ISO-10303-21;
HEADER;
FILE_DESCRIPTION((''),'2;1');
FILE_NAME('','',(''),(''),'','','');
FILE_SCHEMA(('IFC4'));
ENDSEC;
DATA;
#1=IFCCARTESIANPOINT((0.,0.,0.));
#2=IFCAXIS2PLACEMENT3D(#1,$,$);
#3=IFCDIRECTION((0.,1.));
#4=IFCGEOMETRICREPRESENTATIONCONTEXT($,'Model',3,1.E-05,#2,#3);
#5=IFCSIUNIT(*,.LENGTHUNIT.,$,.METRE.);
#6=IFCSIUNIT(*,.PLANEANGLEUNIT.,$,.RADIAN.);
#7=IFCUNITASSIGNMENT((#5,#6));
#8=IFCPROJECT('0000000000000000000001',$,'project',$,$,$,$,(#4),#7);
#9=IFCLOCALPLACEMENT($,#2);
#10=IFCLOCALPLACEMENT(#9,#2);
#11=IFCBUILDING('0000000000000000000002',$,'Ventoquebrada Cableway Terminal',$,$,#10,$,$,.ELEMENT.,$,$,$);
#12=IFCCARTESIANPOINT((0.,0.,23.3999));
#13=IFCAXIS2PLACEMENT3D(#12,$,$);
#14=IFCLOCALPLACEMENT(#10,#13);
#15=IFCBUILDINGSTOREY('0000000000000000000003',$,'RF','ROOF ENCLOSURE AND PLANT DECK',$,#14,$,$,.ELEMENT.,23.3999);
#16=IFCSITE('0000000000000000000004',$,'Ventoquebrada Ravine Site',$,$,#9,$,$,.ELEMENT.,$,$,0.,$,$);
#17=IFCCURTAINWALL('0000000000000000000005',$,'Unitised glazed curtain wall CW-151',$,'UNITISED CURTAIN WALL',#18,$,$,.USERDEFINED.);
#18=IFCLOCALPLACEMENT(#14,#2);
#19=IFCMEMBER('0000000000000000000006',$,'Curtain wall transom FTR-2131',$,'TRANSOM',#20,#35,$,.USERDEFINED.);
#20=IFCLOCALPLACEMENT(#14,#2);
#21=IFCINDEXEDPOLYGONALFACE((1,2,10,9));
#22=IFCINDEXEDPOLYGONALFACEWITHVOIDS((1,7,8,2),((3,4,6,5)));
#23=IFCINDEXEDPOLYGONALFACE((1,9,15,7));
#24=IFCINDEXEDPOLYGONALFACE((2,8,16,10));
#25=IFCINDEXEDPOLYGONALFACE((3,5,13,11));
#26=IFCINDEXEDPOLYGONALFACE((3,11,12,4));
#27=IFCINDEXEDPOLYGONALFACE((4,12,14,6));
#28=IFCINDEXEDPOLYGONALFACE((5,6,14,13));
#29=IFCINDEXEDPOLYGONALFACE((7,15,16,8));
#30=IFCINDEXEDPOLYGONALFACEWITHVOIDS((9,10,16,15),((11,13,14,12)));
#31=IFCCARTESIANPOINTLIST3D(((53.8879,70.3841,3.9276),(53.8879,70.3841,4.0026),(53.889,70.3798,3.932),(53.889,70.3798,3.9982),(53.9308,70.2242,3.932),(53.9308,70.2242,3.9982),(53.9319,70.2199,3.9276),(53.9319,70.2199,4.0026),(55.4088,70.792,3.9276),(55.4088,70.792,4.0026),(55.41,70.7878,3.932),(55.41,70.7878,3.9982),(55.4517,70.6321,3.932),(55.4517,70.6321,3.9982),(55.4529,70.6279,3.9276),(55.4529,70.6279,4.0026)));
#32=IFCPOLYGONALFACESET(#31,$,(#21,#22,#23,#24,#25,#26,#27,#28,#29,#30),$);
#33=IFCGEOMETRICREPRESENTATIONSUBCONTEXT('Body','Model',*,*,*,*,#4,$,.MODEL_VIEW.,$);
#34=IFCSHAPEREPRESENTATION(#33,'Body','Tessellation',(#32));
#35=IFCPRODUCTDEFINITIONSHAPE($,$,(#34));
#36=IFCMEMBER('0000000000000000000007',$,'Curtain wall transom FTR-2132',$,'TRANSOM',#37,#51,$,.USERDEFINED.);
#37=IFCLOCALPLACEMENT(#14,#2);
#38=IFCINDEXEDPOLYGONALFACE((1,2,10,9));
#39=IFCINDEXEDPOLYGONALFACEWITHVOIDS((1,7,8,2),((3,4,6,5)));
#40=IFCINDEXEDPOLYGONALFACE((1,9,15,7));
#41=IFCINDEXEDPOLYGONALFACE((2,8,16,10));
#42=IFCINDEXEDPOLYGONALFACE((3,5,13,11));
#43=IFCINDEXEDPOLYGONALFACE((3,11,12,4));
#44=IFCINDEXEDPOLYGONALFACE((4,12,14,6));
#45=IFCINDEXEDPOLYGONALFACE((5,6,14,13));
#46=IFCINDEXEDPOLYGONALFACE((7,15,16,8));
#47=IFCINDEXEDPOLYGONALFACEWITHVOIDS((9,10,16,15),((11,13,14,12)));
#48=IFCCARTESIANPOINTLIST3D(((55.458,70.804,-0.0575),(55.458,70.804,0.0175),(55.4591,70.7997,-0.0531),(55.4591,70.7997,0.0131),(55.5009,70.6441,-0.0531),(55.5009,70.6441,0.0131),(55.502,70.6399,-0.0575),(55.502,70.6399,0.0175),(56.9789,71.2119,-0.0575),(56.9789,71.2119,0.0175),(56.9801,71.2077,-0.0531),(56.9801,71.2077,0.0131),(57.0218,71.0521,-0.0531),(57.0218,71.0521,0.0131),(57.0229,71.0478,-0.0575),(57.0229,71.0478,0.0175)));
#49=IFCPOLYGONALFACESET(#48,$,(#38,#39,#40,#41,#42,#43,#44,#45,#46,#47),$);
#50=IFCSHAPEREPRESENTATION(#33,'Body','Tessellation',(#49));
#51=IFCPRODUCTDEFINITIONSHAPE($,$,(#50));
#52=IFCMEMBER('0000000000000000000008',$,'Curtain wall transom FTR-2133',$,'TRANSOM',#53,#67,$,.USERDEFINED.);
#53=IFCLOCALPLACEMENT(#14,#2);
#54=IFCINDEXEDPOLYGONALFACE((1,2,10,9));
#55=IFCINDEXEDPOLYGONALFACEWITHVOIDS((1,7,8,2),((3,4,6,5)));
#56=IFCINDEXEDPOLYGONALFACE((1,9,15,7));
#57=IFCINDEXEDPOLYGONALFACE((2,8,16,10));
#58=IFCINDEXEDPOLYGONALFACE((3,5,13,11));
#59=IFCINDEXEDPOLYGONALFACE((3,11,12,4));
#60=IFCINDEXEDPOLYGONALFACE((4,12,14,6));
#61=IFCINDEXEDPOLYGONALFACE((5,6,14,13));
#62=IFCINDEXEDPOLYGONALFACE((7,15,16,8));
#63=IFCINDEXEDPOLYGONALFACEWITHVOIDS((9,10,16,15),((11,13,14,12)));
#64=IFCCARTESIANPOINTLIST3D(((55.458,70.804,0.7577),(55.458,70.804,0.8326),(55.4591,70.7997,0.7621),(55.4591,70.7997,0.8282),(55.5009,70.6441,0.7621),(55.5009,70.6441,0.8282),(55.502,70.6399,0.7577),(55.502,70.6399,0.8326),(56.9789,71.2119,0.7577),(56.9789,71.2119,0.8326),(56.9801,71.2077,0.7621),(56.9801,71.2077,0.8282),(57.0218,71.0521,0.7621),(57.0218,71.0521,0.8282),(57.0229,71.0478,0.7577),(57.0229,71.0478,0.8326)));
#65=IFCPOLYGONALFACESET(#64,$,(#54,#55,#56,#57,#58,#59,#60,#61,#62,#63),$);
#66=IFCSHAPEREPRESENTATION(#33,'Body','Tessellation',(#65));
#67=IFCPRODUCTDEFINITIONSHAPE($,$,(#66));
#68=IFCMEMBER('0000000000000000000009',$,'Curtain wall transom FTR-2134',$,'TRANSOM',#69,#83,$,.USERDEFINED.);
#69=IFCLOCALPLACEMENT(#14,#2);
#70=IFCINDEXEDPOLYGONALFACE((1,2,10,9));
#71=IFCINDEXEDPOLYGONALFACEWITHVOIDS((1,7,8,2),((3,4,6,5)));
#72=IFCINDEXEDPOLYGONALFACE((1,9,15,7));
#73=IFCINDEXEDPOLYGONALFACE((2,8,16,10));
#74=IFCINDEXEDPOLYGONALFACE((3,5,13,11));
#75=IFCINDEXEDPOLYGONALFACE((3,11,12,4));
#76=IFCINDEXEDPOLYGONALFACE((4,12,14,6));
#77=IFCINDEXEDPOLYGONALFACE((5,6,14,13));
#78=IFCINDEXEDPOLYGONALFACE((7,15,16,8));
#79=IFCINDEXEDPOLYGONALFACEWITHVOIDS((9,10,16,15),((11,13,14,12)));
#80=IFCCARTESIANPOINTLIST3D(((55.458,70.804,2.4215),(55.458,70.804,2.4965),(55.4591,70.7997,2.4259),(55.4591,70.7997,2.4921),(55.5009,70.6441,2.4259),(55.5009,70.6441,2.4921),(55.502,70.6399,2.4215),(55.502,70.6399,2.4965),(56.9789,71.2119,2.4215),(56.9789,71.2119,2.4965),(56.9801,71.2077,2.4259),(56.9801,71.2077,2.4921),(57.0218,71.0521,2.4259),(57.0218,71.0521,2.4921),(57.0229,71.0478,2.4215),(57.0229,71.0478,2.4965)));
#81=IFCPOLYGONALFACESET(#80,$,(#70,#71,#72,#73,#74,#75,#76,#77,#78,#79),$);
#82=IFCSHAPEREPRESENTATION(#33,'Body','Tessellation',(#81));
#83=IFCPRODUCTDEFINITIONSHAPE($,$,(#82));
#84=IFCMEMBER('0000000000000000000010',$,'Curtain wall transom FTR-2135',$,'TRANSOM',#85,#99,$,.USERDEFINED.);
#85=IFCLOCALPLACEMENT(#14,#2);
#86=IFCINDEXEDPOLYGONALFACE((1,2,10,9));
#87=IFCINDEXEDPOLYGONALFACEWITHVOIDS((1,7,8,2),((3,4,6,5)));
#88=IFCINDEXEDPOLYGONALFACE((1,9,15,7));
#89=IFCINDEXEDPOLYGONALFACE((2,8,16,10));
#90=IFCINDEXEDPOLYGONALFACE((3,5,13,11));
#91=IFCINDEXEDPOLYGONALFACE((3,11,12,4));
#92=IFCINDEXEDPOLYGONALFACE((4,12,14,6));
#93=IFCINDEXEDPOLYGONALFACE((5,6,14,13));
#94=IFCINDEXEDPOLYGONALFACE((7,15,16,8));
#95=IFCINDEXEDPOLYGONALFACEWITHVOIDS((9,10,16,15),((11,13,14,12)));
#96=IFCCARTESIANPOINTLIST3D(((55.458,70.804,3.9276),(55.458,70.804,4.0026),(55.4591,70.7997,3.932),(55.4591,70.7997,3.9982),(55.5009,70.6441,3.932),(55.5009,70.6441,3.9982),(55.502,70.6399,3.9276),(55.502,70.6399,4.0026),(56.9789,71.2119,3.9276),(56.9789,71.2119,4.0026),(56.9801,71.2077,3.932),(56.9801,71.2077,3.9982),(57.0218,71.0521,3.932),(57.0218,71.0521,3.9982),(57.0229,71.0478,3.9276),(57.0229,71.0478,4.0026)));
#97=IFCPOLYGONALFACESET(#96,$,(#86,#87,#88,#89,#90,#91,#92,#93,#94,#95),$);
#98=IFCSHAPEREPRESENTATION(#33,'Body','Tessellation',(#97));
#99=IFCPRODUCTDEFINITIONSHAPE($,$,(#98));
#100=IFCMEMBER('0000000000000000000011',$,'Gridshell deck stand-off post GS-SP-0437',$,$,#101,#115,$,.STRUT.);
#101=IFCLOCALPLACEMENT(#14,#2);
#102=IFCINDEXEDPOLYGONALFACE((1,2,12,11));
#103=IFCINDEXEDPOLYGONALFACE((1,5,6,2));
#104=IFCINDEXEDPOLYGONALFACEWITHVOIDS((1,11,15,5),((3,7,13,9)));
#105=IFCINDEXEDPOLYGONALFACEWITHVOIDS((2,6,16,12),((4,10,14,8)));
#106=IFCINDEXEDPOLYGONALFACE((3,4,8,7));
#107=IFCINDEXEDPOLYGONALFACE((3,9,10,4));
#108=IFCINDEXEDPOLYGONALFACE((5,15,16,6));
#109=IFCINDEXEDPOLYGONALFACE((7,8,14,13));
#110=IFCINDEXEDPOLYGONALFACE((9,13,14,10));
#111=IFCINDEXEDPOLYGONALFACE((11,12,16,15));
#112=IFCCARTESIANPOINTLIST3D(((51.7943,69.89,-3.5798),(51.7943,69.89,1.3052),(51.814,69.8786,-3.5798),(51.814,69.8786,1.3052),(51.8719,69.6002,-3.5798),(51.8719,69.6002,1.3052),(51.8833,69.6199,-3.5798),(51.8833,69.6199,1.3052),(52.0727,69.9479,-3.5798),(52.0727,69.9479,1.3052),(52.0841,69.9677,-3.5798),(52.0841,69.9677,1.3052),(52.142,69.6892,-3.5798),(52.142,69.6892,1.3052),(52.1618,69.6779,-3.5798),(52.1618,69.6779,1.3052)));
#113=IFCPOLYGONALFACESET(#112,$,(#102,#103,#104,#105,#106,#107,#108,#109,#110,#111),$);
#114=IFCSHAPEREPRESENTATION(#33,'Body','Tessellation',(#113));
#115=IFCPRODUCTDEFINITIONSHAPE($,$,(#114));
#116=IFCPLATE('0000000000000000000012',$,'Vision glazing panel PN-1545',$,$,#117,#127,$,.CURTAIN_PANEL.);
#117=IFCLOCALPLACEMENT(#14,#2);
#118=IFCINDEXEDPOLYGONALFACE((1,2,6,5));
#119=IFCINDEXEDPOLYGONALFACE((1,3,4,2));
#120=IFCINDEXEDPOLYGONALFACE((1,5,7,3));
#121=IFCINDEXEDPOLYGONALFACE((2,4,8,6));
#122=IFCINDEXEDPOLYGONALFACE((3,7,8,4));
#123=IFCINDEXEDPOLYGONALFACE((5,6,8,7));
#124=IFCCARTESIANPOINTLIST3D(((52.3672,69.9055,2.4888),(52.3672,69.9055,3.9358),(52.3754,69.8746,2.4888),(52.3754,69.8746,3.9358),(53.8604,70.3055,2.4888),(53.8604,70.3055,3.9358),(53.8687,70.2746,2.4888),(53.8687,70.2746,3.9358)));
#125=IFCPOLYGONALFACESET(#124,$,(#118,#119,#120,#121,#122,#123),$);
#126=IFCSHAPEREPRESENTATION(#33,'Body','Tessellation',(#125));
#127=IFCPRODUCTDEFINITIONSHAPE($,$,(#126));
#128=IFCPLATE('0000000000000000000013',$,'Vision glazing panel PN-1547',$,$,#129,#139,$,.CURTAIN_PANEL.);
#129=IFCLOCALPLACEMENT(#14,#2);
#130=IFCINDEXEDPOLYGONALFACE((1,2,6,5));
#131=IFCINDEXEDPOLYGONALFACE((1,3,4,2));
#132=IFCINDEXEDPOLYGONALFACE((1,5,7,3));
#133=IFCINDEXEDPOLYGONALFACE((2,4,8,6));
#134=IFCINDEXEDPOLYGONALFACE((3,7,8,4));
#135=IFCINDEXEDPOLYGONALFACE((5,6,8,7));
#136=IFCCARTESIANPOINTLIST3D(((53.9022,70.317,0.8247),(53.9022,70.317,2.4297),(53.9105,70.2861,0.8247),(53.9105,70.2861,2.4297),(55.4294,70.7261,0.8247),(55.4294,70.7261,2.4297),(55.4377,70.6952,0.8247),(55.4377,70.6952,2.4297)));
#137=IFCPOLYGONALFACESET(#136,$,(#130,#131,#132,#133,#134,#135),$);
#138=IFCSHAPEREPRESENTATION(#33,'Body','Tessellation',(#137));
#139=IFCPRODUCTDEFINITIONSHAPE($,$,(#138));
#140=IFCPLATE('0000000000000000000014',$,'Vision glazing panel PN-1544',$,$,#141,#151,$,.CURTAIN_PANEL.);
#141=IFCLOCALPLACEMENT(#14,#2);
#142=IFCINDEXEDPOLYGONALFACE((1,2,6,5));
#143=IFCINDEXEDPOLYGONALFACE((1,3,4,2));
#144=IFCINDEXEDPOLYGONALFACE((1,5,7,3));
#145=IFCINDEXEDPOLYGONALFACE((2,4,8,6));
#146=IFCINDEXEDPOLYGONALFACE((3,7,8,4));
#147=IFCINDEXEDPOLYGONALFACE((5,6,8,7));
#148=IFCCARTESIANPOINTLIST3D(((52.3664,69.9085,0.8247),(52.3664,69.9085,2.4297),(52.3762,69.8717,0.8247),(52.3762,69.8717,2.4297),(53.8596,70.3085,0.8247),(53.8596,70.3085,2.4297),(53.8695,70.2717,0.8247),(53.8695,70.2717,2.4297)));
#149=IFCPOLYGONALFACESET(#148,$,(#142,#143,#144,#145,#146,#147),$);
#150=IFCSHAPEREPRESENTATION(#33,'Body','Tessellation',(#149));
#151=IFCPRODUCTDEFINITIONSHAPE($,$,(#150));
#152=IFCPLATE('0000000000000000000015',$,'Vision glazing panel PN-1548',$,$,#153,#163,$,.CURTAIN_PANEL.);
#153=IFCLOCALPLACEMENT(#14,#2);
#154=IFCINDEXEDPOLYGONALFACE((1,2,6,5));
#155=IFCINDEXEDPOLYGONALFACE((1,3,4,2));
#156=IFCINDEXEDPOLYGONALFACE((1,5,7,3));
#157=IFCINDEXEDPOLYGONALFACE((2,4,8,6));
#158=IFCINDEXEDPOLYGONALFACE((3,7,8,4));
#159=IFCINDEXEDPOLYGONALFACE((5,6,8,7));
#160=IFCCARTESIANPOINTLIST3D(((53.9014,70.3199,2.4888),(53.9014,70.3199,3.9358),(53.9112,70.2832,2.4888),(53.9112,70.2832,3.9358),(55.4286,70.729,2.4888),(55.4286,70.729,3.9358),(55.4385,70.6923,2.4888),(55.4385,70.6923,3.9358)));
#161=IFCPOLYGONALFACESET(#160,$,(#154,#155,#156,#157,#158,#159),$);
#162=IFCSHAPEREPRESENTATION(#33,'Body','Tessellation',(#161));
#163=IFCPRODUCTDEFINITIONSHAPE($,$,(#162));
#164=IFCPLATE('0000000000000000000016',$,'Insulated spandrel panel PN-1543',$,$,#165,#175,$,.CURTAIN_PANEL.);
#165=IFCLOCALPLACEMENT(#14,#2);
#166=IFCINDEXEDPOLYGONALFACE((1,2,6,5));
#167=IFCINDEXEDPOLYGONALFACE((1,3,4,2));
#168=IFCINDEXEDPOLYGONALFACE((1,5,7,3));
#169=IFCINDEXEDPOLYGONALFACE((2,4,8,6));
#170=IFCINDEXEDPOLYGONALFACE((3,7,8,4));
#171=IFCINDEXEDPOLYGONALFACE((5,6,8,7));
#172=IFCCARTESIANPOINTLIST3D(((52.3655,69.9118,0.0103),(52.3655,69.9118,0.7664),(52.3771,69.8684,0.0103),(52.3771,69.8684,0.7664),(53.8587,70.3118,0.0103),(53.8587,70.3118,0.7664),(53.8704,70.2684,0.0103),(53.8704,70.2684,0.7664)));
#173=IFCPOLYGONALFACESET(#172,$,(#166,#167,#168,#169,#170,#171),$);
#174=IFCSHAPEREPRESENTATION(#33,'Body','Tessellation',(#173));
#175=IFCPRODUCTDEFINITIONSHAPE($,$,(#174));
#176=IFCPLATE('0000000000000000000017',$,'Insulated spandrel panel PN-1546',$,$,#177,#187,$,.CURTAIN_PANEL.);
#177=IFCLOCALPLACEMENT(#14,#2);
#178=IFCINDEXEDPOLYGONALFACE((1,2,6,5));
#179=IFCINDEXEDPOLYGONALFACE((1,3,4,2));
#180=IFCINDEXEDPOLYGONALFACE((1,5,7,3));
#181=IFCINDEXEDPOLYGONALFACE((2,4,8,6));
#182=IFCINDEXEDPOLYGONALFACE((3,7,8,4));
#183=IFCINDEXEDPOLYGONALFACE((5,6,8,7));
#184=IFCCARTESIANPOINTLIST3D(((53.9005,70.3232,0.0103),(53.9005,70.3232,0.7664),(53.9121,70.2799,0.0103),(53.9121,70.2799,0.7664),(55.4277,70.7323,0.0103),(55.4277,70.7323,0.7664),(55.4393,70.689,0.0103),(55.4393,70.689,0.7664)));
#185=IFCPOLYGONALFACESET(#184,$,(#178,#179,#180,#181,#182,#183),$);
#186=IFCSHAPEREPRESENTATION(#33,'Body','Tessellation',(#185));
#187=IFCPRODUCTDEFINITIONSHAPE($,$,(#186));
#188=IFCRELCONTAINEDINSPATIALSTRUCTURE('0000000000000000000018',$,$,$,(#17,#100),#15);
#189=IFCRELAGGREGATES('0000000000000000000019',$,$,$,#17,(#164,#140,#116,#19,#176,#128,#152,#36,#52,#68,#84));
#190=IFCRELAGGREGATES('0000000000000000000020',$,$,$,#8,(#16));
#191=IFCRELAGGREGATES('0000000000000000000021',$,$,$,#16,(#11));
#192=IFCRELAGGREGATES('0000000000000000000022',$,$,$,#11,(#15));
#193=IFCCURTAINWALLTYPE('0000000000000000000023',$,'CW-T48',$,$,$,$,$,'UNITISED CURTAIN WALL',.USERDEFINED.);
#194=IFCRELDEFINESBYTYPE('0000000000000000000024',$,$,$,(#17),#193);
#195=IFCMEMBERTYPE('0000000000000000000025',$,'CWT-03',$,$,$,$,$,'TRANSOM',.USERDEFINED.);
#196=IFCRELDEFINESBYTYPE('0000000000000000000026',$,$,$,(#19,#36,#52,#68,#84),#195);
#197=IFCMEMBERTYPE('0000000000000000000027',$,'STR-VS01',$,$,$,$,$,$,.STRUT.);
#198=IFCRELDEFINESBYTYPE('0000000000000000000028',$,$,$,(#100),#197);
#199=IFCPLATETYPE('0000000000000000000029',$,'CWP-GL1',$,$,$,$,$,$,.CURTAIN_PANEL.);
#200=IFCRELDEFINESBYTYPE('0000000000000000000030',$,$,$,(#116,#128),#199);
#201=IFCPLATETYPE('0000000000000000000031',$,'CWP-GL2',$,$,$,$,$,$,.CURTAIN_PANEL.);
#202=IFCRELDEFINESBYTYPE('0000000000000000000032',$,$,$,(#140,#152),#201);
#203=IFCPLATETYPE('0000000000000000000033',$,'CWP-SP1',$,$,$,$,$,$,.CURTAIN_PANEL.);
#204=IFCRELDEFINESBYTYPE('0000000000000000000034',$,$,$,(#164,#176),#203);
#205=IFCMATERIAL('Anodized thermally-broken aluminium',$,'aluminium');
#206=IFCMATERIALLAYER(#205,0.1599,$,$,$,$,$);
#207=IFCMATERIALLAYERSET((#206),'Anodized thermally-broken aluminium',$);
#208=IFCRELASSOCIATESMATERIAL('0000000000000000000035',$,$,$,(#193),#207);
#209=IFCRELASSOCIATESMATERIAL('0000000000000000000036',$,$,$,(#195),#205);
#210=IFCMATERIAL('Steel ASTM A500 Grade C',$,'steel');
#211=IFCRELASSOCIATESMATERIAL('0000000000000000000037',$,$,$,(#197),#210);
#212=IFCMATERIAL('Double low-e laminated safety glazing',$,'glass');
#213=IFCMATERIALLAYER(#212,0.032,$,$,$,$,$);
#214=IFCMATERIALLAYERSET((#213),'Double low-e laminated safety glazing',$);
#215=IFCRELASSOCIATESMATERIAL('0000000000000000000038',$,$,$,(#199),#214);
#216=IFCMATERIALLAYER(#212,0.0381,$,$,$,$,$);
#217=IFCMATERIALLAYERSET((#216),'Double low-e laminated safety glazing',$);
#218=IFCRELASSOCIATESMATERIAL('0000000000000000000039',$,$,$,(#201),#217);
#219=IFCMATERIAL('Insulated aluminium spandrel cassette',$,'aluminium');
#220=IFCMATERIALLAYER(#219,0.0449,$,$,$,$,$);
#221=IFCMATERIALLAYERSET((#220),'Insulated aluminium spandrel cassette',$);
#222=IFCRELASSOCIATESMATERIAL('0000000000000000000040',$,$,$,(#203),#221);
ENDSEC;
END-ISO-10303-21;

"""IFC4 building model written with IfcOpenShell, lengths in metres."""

from ifc_helpers import new_model, si_unit, direction, frame, origin, origin_2d, place, context, subcontext, project, spatial, rectangle, hollow_rectangle, extrude, material, layer, layer_set, material_profile, profile_set, type_object, element, aggregate, save


model = new_model("IFC4")

# Units and contexts
model_context = context("Model", 3, precision=1e-05, world=origin(), true_north=direction((0.0, 1.0)))
body_context = subcontext(model_context, "Body", "Model", "MODEL_VIEW")
ifc_project = project(units=[si_unit("LENGTHUNIT", "METRE"), si_unit("PLANEANGLEUNIT", "RADIAN")], contexts=[model_context])

# Site, building, storey
site_placement = place(None, origin())
site = spatial("IfcSite", under=ifc_project, at=site_placement, Name="Ventoquebrada Ravine Site", CompositionType="ELEMENT", RefElevation=0.0)
building_placement = place(site_placement, origin())
building = spatial("IfcBuilding", under=site, at=building_placement, Name="Ventoquebrada Cableway Terminal", CompositionType="ELEMENT")
storey_placement = place(building_placement, frame((0.0, 0.0, 23.3999)))
storey = spatial("IfcBuildingStorey", under=building, at=storey_placement, Name="RF", Description="ROOF ENCLOSURE AND PLANT DECK", CompositionType="ELEMENT", Elevation=23.3999)

# Curtain wall
ifc_material_1 = material(Name="Anodized thermally-broken aluminium", Category="aluminium")
ifc_layer_1 = layer(ifc_material_1, 0.1599)
ifc_layer_set_1 = layer_set([ifc_layer_1], Name="Anodized thermally-broken aluminium")
curtain_wall_type_1 = type_object("IfcCurtainWallType", Name="CW-T48", ElementType="UNITISED CURTAIN WALL", PredefinedType="USERDEFINED", material=ifc_layer_set_1)
curtain_wall_1_placement = place(storey_placement, origin())
curtain_wall_1 = element("IfcCurtainWall", 1, at=curtain_wall_1_placement, inside=storey, type_object=curtain_wall_type_1, Name="Unitised glazed curtain wall CW-151", ObjectType="UNITISED CURTAIN WALL", PredefinedType="USERDEFINED")

# Members
ifc_material_profile_1 = material_profile(ifc_material_1, hollow_rectangle(XDim=0.075, YDim=0.1699, WallThickness=0.0044, at=origin_2d()), Name="CW-TRN-75X170")
ifc_profile_set_1 = profile_set([ifc_material_profile_1], Name="Anodized thermally-broken aluminium")
member_type_1 = type_object("IfcMemberType", Name="CWT-03", ElementType="TRANSOM", PredefinedType="USERDEFINED", material=ifc_profile_set_1)
member_1_placement = place(storey_placement, frame((53.9099, 70.302, 3.9651), z_axis=(0.965861, 0.259062, 0.0), x_axis=(0.0, 0.0, 1.0)))
member_1 = element("IfcMember", 2, at=member_1_placement, type_object=member_type_1, Name="Curtain wall transom FTR-2131", ObjectType="TRANSOM", PredefinedType="USERDEFINED", context=body_context, shape_type="SweptSolid", body=[
    extrude(hollow_rectangle(XDim=0.075, YDim=0.1699, WallThickness=0.0044, at=origin_2d()), origin(), (0.0, 0.0, 1.0), 1.5747),
])
member_2_placement = place(storey_placement, frame((55.48, 70.7219, -0.02), z_axis=(0.965861, 0.259062, 0.0), x_axis=(0.0, 0.0, 1.0)))
member_2 = element("IfcMember", 3, at=member_2_placement, type_object=member_type_1, Name="Curtain wall transom FTR-2132", ObjectType="TRANSOM", PredefinedType="USERDEFINED", context=body_context, shape_type="SweptSolid", body=[
    extrude(hollow_rectangle(XDim=0.075, YDim=0.1699, WallThickness=0.0044, at=origin_2d()), origin(), (0.0, 0.0, 1.0), 1.5747),
])
member_3_placement = place(storey_placement, frame((55.48, 70.7219, 0.7952), z_axis=(0.965861, 0.259062, 0.0), x_axis=(0.0, 0.0, 1.0)))
member_3 = element("IfcMember", 4, at=member_3_placement, type_object=member_type_1, Name="Curtain wall transom FTR-2133", ObjectType="TRANSOM", PredefinedType="USERDEFINED", context=body_context, shape_type="SweptSolid", body=[
    extrude(hollow_rectangle(XDim=0.075, YDim=0.1699, WallThickness=0.0044, at=origin_2d()), origin(), (0.0, 0.0, 1.0), 1.5747),
])
member_4_placement = place(storey_placement, frame((55.48, 70.7219, 2.459), z_axis=(0.965861, 0.259062, 0.0), x_axis=(0.0, 0.0, 1.0)))
member_4 = element("IfcMember", 5, at=member_4_placement, type_object=member_type_1, Name="Curtain wall transom FTR-2134", ObjectType="TRANSOM", PredefinedType="USERDEFINED", context=body_context, shape_type="SweptSolid", body=[
    extrude(hollow_rectangle(XDim=0.075, YDim=0.1699, WallThickness=0.0044, at=origin_2d()), origin(), (0.0, 0.0, 1.0), 1.5747),
])
member_5_placement = place(storey_placement, frame((55.48, 70.7219, 3.9651), z_axis=(0.965861, 0.259062, 0.0), x_axis=(0.0, 0.0, 1.0)))
member_5 = element("IfcMember", 6, at=member_5_placement, type_object=member_type_1, Name="Curtain wall transom FTR-2135", ObjectType="TRANSOM", PredefinedType="USERDEFINED", context=body_context, shape_type="SweptSolid", body=[
    extrude(hollow_rectangle(XDim=0.075, YDim=0.1699, WallThickness=0.0044, at=origin_2d()), origin(), (0.0, 0.0, 1.0), 1.5747),
])
ifc_material_2 = material(Name="Steel ASTM A500 Grade C", Category="steel")
ifc_material_profile_2 = material_profile(ifc_material_2, hollow_rectangle(XDim=0.3, YDim=0.3, WallThickness=0.0161, at=origin_2d()), Name="HSS300X300X16")
ifc_profile_set_2 = profile_set([ifc_material_profile_2], Name="Steel ASTM A500 Grade C")
member_type_2 = type_object("IfcMemberType", Name="STR-VS01", PredefinedType="STRUT", material=ifc_profile_set_2)
member_6_placement = place(storey_placement, frame((51.978, 69.7839, -3.5798), z_axis=(0.0, 0.0, 1.0), x_axis=(0.965926, 0.258819, 0.0)))
element("IfcMember", 7, at=member_6_placement, inside=storey, type_object=member_type_2, Name="Gridshell deck stand-off post GS-SP-0437", PredefinedType="STRUT", context=body_context, shape_type="SweptSolid", body=[
    extrude(hollow_rectangle(XDim=0.3, YDim=0.3, WallThickness=0.0161, at=origin_2d()), origin(), (0.0, 0.0, 1.0), 4.885),
])

# Plates
ifc_material_3 = material(Name="Double low-e laminated safety glazing", Category="glass")
ifc_layer_2 = layer(ifc_material_3, 0.032)
ifc_layer_set_2 = layer_set([ifc_layer_2], Name="Double low-e laminated safety glazing")
plate_type_1 = type_object("IfcPlateType", Name="CWP-GL1", PredefinedType="CURTAIN_PANEL", material=ifc_layer_set_2)
plate_1_placement = place(storey_placement, frame((53.1179, 70.0901, 2.4888), z_axis=(0.0, 0.0, 1.0), x_axis=(0.965944, 0.258752, 0.0)))
plate_1 = element("IfcPlate", 8, at=plate_1_placement, type_object=plate_type_1, Name="Vision glazing panel PN-1545", PredefinedType="CURTAIN_PANEL", context=body_context, shape_type="SweptSolid", body=[
    extrude(rectangle(XDim=1.5459, YDim=0.032, at=origin_2d()), origin(), (0.0, 0.0, 1.0), 1.447),
])
plate_2_placement = place(storey_placement, frame((54.6699, 70.5061, 0.8247), z_axis=(0.0, 0.0, 1.0), x_axis=(0.965944, 0.258752, 0.0)))
plate_2 = element("IfcPlate", 9, at=plate_2_placement, type_object=plate_type_1, Name="Vision glazing panel PN-1547", PredefinedType="CURTAIN_PANEL", context=body_context, shape_type="SweptSolid", body=[
    extrude(rectangle(XDim=1.5811, YDim=0.032, at=origin_2d()), origin(), (0.0, 0.0, 1.0), 1.605),
])
ifc_layer_3 = layer(ifc_material_3, 0.0381)
ifc_layer_set_3 = layer_set([ifc_layer_3], Name="Double low-e laminated safety glazing")
plate_type_2 = type_object("IfcPlateType", Name="CWP-GL2", PredefinedType="CURTAIN_PANEL", material=ifc_layer_set_3)
plate_3_placement = place(storey_placement, frame((53.1179, 70.0901, 0.8247), z_axis=(0.0, 0.0, 1.0), x_axis=(0.965944, 0.258752, 0.0)))
plate_3 = element("IfcPlate", 10, at=plate_3_placement, type_object=plate_type_2, Name="Vision glazing panel PN-1544", PredefinedType="CURTAIN_PANEL", context=body_context, shape_type="SweptSolid", body=[
    extrude(rectangle(XDim=1.5459, YDim=0.0381, at=origin_2d()), origin(), (0.0, 0.0, 1.0), 1.605),
])
plate_4_placement = place(storey_placement, frame((54.6699, 70.5061, 2.4888), z_axis=(0.0, 0.0, 1.0), x_axis=(0.965944, 0.258752, 0.0)))
plate_4 = element("IfcPlate", 11, at=plate_4_placement, type_object=plate_type_2, Name="Vision glazing panel PN-1548", PredefinedType="CURTAIN_PANEL", context=body_context, shape_type="SweptSolid", body=[
    extrude(rectangle(XDim=1.5811, YDim=0.0381, at=origin_2d()), origin(), (0.0, 0.0, 1.0), 1.447),
])
ifc_material_4 = material(Name="Insulated aluminium spandrel cassette", Category="aluminium")
ifc_layer_4 = layer(ifc_material_4, 0.0449)
ifc_layer_set_4 = layer_set([ifc_layer_4], Name="Insulated aluminium spandrel cassette")
plate_type_3 = type_object("IfcPlateType", Name="CWP-SP1", PredefinedType="CURTAIN_PANEL", material=ifc_layer_set_4)
plate_5_placement = place(storey_placement, frame((53.1179, 70.0901, 0.0103), z_axis=(0.0, 0.0, 1.0), x_axis=(0.965944, 0.258752, 0.0)))
plate_5 = element("IfcPlate", 12, at=plate_5_placement, type_object=plate_type_3, Name="Insulated spandrel panel PN-1543", PredefinedType="CURTAIN_PANEL", context=body_context, shape_type="SweptSolid", body=[
    extrude(rectangle(XDim=1.5459, YDim=0.0449, at=origin_2d()), origin(), (0.0, 0.0, 1.0), 0.7561),
])
plate_6_placement = place(storey_placement, frame((54.6699, 70.5061, 0.0103), z_axis=(0.0, 0.0, 1.0), x_axis=(0.965944, 0.258752, 0.0)))
plate_6 = element("IfcPlate", 13, at=plate_6_placement, type_object=plate_type_3, Name="Insulated spandrel panel PN-1546", PredefinedType="CURTAIN_PANEL", context=body_context, shape_type="SweptSolid", body=[
    extrude(rectangle(XDim=1.5811, YDim=0.0449, at=origin_2d()), origin(), (0.0, 0.0, 1.0), 0.7561),
])
aggregate(curtain_wall_1, [plate_5, plate_3, plate_1, member_1, plate_6, plate_2, plate_4, member_2, member_3, member_4, member_5])

save(model, "model.ifc")
